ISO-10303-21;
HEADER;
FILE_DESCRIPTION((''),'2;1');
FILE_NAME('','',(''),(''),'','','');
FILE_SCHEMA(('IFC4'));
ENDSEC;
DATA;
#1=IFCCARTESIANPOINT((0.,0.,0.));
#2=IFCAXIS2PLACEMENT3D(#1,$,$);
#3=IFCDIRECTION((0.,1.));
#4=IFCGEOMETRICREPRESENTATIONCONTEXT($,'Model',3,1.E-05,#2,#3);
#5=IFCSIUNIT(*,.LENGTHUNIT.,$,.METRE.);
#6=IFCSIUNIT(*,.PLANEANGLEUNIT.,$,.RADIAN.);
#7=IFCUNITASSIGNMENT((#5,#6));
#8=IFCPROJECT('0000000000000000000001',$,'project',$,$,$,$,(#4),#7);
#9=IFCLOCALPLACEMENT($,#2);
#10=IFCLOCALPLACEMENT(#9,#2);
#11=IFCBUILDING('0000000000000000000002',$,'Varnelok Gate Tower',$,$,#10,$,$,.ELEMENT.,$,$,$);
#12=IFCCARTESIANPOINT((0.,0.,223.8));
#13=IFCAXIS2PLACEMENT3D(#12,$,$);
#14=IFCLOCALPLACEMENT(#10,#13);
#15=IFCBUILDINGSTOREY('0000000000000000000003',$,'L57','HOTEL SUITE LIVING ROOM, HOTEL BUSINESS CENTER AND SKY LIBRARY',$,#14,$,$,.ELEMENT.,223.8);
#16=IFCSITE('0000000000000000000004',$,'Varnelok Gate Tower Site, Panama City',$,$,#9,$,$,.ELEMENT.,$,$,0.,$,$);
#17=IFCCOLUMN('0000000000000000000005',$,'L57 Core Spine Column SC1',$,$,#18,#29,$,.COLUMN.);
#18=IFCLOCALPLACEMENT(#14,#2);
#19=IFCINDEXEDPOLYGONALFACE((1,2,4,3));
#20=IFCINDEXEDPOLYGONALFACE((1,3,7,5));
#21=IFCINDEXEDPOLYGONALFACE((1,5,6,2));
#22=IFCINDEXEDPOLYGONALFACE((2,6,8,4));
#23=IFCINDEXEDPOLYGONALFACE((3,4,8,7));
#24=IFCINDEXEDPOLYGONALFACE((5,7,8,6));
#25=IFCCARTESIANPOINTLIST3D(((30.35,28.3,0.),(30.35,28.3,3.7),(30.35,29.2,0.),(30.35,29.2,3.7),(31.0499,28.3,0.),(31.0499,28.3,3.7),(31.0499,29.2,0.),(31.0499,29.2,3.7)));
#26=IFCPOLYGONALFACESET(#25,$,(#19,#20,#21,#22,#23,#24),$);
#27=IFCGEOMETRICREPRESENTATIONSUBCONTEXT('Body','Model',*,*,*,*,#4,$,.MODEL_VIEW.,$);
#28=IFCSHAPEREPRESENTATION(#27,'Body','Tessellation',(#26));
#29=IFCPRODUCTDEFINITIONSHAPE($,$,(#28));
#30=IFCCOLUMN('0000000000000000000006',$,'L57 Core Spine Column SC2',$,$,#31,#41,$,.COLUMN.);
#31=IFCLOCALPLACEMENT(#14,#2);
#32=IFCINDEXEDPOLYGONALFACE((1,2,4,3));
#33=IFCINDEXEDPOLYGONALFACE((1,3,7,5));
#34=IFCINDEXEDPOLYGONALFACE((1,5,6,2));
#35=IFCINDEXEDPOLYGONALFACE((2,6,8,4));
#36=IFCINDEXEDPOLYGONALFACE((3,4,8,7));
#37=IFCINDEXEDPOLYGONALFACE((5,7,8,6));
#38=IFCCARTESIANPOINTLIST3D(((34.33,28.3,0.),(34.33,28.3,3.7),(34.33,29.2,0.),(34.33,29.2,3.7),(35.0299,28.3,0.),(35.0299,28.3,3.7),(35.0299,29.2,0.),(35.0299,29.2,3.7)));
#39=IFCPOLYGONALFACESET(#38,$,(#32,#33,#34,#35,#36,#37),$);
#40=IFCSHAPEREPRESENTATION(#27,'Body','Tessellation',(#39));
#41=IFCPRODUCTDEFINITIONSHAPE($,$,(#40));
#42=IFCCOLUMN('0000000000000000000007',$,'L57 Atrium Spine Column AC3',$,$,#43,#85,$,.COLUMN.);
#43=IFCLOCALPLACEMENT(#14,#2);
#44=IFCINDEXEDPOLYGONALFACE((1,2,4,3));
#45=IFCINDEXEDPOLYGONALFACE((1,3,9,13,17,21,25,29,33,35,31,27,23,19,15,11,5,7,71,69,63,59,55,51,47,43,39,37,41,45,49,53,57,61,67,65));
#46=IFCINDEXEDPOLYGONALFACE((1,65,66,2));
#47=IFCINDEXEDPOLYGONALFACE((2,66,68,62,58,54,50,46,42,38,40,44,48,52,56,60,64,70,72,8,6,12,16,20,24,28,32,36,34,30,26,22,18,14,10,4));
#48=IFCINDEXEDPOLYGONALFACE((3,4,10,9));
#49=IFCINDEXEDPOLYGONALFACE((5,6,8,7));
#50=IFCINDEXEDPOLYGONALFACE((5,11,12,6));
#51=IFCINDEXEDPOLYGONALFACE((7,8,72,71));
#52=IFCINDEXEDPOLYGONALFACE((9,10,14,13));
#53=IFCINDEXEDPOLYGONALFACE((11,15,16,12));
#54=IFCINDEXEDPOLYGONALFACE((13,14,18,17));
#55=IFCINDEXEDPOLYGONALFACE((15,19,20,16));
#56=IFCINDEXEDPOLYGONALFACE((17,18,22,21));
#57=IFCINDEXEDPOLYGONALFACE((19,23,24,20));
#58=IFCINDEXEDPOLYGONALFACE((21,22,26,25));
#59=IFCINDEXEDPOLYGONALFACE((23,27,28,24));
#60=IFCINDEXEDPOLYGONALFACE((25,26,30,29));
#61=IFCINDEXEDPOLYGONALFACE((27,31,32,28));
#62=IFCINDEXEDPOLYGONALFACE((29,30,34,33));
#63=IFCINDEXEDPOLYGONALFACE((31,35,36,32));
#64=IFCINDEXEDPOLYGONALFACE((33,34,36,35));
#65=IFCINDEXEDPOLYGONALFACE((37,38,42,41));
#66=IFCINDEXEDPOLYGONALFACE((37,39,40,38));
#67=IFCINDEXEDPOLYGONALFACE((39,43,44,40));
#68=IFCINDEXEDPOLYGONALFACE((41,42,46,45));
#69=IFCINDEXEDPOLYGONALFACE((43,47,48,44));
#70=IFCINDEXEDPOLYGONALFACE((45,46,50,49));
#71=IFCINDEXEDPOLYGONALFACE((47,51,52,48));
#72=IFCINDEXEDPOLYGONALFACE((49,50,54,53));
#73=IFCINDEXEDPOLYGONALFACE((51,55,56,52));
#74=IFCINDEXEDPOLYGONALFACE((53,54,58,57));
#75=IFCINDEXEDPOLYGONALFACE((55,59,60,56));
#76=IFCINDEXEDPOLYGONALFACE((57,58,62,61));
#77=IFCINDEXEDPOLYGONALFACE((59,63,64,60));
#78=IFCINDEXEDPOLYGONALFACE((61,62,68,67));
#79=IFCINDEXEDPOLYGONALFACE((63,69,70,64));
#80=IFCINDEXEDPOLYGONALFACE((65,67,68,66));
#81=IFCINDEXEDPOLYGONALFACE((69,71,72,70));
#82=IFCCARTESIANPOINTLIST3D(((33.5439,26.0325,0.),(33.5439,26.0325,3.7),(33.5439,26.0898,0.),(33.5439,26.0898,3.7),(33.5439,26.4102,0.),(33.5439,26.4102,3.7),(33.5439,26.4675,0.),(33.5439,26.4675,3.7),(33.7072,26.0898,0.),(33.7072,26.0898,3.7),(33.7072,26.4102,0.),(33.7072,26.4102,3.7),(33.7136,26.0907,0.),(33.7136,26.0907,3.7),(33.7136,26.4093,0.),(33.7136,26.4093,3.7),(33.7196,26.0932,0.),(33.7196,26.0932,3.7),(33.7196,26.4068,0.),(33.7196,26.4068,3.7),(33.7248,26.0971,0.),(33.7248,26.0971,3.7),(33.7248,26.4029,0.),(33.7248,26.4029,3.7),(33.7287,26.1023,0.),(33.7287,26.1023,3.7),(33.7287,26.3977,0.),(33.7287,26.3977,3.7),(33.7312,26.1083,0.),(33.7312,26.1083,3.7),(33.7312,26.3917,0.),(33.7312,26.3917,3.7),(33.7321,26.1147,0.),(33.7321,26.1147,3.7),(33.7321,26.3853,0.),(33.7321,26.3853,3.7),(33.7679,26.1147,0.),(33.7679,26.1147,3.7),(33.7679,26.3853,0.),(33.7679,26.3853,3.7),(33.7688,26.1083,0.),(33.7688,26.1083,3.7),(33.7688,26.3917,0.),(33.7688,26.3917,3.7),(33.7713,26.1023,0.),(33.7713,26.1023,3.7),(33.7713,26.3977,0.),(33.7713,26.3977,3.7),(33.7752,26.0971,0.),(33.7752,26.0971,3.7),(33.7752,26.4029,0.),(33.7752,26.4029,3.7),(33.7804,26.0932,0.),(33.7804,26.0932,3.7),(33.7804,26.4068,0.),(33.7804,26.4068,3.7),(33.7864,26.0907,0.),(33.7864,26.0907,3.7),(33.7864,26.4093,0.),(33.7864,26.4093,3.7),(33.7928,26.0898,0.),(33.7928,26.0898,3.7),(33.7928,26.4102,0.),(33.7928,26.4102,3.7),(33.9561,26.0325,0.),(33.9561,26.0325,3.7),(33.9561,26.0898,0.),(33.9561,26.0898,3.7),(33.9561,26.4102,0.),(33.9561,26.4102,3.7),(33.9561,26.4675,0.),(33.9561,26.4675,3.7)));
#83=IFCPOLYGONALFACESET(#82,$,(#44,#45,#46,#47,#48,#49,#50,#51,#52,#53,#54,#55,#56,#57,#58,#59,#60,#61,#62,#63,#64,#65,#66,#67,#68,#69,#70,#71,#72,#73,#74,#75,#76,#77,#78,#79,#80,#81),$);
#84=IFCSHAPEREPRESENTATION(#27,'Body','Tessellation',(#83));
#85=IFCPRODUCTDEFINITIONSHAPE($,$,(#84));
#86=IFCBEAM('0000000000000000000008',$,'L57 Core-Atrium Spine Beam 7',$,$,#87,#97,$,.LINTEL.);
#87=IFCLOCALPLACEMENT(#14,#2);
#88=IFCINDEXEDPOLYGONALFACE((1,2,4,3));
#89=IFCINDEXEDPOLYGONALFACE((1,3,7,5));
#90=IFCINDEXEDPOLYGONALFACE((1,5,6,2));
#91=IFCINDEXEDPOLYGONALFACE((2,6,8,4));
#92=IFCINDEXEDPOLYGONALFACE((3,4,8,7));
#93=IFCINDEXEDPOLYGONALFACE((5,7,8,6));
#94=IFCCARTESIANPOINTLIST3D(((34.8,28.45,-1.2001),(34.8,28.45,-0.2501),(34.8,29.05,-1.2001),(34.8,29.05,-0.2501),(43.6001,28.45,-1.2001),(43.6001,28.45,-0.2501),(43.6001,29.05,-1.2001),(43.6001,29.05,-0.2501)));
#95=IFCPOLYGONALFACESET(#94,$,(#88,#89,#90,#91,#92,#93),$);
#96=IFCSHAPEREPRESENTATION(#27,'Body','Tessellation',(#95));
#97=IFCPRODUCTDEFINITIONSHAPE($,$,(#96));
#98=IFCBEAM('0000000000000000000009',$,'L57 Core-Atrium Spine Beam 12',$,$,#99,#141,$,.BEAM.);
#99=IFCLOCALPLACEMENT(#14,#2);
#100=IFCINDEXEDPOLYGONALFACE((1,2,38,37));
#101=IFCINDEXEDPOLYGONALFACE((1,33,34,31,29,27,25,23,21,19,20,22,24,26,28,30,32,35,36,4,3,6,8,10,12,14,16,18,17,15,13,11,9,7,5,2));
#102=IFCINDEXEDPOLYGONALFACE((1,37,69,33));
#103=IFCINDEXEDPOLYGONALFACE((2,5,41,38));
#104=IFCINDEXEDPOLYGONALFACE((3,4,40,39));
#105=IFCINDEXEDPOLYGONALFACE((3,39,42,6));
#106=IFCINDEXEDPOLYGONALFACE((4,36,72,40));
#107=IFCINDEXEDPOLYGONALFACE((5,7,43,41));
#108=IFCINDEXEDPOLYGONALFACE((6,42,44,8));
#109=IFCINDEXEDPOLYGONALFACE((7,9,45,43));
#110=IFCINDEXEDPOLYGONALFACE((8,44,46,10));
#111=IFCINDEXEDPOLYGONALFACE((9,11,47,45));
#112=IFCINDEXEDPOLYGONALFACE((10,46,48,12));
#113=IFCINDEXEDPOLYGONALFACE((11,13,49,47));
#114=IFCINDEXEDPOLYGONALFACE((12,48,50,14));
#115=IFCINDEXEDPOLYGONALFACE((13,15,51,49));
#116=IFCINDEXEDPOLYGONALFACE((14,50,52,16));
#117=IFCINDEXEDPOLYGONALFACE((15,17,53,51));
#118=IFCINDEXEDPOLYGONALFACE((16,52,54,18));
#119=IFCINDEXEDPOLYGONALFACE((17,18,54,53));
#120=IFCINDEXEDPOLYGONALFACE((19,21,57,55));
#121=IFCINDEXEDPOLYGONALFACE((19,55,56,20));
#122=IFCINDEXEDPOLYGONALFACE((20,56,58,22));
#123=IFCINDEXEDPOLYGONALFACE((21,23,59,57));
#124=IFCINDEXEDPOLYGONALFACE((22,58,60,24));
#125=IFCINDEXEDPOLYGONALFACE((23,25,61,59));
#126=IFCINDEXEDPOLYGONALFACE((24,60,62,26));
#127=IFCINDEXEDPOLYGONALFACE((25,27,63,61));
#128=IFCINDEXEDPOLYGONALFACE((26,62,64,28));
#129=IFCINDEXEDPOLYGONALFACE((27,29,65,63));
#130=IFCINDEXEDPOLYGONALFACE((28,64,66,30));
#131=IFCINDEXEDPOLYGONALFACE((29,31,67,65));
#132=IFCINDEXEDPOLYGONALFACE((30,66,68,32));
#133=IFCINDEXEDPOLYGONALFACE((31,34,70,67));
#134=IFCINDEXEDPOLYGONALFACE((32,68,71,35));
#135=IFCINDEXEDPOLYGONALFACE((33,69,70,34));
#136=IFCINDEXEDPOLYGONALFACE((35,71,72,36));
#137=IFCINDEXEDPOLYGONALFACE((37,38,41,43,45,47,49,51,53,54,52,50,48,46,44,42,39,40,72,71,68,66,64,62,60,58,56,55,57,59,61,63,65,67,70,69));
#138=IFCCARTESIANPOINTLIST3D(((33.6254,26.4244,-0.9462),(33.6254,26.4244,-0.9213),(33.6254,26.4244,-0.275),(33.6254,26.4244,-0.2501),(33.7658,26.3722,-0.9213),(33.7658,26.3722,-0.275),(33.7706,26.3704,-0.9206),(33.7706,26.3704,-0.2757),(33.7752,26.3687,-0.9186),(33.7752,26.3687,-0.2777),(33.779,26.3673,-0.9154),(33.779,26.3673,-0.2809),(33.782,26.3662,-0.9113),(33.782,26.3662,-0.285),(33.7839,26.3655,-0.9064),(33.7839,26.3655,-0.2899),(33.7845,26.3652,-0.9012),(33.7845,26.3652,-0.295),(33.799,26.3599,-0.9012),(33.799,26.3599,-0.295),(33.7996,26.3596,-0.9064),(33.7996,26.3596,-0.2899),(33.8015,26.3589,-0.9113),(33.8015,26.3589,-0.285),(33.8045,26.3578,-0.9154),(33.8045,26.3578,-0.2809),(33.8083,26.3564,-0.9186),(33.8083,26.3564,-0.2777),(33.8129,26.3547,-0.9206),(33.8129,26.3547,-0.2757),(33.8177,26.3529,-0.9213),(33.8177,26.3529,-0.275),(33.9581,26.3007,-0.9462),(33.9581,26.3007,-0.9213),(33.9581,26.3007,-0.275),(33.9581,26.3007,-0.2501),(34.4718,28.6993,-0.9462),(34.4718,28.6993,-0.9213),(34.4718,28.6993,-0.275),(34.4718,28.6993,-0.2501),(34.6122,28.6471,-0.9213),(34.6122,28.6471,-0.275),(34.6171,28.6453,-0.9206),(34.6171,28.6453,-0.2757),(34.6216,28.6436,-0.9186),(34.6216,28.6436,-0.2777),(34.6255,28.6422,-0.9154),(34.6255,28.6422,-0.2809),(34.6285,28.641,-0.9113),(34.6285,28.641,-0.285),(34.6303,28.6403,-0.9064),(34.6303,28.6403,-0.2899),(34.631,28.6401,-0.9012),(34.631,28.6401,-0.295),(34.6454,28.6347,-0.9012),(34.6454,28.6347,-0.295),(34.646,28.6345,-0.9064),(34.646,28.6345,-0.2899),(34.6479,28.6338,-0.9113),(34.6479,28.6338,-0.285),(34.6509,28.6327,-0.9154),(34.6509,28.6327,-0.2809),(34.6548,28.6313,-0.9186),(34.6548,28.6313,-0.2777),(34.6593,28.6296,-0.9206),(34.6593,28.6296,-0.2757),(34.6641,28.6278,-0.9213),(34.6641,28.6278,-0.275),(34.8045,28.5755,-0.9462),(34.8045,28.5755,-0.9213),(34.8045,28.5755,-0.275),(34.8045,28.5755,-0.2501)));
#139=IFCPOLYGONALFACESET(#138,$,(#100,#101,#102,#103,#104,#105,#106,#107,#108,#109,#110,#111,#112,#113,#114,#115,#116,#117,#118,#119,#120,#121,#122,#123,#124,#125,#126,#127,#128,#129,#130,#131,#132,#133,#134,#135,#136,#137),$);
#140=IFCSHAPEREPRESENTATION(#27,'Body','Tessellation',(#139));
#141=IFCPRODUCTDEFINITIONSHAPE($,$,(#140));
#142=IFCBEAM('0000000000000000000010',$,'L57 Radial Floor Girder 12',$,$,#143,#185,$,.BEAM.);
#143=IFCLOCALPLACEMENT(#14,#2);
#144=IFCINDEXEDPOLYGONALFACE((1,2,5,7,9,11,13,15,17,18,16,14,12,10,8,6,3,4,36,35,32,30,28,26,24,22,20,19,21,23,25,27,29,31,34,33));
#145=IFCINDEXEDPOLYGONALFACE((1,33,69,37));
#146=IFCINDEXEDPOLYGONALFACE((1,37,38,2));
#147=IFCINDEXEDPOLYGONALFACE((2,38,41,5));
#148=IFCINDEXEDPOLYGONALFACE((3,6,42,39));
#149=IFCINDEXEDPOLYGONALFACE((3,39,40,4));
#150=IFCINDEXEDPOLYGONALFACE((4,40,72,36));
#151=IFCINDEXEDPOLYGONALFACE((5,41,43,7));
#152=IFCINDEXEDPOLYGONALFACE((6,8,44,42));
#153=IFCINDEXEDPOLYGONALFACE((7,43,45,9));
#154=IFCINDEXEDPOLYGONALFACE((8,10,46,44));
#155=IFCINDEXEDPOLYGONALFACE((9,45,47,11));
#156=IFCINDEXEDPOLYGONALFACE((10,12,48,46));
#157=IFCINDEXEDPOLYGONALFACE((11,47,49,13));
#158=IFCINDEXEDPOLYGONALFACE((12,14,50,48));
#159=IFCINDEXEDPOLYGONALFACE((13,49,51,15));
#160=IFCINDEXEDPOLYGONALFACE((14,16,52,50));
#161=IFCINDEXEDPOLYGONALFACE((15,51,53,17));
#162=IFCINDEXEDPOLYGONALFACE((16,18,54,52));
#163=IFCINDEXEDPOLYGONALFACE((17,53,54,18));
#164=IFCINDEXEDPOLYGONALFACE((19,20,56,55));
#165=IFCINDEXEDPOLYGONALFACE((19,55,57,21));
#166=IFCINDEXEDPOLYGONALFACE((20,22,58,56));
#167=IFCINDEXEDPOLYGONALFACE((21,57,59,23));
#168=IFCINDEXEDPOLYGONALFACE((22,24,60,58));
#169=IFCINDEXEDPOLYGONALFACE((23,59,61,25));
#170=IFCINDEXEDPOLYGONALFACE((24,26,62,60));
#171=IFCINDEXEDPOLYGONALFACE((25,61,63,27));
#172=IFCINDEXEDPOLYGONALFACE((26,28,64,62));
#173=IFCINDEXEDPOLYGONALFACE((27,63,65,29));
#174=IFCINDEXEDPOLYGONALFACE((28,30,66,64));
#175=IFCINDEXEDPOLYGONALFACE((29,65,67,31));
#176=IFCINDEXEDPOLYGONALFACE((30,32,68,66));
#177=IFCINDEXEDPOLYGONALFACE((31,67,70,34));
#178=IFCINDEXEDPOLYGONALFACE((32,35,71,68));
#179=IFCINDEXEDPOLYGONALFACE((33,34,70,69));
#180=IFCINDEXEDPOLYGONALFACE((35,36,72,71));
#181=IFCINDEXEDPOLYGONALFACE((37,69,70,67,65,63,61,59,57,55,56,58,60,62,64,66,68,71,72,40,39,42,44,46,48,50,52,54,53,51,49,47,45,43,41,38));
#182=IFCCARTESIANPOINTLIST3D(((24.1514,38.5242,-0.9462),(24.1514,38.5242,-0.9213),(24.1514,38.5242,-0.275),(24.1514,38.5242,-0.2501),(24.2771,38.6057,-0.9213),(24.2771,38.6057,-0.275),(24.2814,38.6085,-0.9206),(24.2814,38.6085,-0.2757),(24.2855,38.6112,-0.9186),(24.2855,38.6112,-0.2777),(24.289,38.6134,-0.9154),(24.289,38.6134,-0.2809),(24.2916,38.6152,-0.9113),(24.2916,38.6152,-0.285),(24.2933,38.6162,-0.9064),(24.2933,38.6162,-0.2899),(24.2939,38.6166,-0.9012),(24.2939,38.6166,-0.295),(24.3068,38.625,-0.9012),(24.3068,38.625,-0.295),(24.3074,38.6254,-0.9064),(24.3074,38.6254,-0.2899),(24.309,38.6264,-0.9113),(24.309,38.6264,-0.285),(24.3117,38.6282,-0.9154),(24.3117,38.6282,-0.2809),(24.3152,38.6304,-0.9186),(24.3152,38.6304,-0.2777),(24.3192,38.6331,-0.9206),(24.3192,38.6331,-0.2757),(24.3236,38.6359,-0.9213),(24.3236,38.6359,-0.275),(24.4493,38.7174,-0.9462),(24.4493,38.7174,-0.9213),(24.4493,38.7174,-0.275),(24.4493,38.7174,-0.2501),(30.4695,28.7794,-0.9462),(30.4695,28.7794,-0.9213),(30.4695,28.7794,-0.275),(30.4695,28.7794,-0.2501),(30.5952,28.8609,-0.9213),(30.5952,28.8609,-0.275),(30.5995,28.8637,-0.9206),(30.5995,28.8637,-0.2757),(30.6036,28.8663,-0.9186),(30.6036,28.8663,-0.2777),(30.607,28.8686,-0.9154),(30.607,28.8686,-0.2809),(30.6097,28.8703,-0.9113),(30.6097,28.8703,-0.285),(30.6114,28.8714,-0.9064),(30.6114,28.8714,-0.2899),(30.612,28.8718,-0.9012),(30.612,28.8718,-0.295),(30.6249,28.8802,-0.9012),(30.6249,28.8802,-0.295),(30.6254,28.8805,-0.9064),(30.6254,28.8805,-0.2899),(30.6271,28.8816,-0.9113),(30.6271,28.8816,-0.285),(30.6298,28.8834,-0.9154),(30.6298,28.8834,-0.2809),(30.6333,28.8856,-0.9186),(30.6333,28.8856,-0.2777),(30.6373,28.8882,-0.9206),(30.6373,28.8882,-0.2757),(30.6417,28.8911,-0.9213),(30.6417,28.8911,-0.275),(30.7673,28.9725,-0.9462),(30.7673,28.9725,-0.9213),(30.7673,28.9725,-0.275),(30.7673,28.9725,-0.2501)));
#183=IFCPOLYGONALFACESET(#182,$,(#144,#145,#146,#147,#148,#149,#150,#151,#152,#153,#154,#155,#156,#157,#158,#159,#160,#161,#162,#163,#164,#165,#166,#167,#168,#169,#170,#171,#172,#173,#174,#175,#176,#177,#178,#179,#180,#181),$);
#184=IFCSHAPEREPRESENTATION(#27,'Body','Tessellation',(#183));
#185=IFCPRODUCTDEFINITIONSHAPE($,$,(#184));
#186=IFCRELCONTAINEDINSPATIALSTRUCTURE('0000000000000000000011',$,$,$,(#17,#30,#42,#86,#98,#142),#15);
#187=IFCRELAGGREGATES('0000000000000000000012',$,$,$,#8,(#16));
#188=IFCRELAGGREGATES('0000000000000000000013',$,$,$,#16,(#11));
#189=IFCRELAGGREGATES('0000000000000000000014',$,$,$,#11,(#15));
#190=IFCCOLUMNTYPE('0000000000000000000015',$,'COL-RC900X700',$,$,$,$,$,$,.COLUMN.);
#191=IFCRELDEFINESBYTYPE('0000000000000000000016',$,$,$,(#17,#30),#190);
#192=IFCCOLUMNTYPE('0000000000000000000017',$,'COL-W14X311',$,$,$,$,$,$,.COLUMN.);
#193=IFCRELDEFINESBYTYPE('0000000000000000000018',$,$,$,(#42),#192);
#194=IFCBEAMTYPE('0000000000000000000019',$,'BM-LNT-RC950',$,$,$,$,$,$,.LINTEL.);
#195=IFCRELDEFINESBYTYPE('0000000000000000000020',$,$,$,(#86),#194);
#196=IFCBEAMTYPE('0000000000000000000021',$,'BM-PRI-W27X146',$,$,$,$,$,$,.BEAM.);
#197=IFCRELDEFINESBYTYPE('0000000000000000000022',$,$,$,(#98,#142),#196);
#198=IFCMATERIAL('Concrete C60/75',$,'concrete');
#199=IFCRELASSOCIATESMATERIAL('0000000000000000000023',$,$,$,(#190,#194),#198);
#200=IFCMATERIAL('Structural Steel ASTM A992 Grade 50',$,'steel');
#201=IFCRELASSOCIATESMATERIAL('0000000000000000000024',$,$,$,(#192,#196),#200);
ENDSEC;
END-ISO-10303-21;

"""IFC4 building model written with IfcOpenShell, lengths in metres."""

from ifc_helpers import new_model, si_unit, direction, frame, origin, origin_2d, place, context, subcontext, project, spatial, rectangle, i_section, extrude, material, material_profile, profile_set, type_object, element, save


model = new_model("IFC4")

# Units and contexts
model_context = context("Model", 3, precision=1e-05, world=origin(), true_north=direction((0.0, 1.0)))
body_context = subcontext(model_context, "Body", "Model", "MODEL_VIEW")
ifc_project = project(units=[si_unit("LENGTHUNIT", "METRE"), si_unit("PLANEANGLEUNIT", "RADIAN")], contexts=[model_context])

# Site, building, storey
site_placement = place(None, origin())
site = spatial("IfcSite", under=ifc_project, at=site_placement, Name="Varnelok Gate Tower Site, Panama City", CompositionType="ELEMENT", RefElevation=0.0)
building_placement = place(site_placement, origin())
building = spatial("IfcBuilding", under=site, at=building_placement, Name="Varnelok Gate Tower", CompositionType="ELEMENT")
storey_placement = place(building_placement, frame((0.0, 0.0, 223.8)))
storey = spatial("IfcBuildingStorey", under=building, at=storey_placement, Name="L57", Description="HOTEL SUITE LIVING ROOM, HOTEL BUSINESS CENTER AND SKY LIBRARY", CompositionType="ELEMENT", Elevation=223.8)

# Columns
ifc_material_1 = material(Name="Concrete C60/75", Category="concrete")
ifc_material_profile_1 = material_profile(ifc_material_1, rectangle(XDim=0.7, YDim=0.8999, at=origin_2d()), Name="RC900X700")
ifc_profile_set_1 = profile_set([ifc_material_profile_1], Name="Concrete C60/75")
column_type_1 = type_object("IfcColumnType", Name="COL-RC900X700", PredefinedType="COLUMN", material=ifc_profile_set_1)
for number, where, z_axis, x_axis, name in (
    (1, (30.7, 28.75, 0.0), (0.0, 0.0, 1.0), (1.0, 0.0, 0.0), "L57 Core Spine Column SC1"),
    (2, (34.6799, 28.75, 0.0), (0.0, 0.0, 1.0), (1.0, 0.0, 0.0), "L57 Core Spine Column SC2"),
):
    element("IfcColumn", number, at=place(storey_placement, frame(where, z_axis=z_axis, x_axis=x_axis)), inside=storey, type_object=column_type_1, Name=name, PredefinedType="COLUMN", context=body_context, shape_type="SweptSolid", body=[
        extrude(rectangle(XDim=0.7, YDim=0.8999, at=origin_2d()), origin(), (0.0, 0.0, 1.0), 3.7),
    ])
ifc_material_2 = material(Name="Structural Steel ASTM A992 Grade 50", Category="steel")
ifc_material_profile_2 = material_profile(ifc_material_2, i_section(OverallWidth=0.4121, OverallDepth=0.4351, WebThickness=0.0359, FlangeThickness=0.0574, FilletRadius=0.0249, at=origin_2d()), Name="W14X311")
ifc_profile_set_2 = profile_set([ifc_material_profile_2], Name="Structural Steel ASTM A992 Grade 50")
column_type_2 = type_object("IfcColumnType", Name="COL-W14X311", PredefinedType="COLUMN", material=ifc_profile_set_2)
column_placement = place(storey_placement, frame((33.75, 26.25, 0.0), z_axis=(0.0, 0.0, 1.0), x_axis=(1.0, 0.0, 0.0)))
element("IfcColumn", 3, at=column_placement, inside=storey, type_object=column_type_2, Name="L57 Atrium Spine Column AC3", PredefinedType="COLUMN", context=body_context, shape_type="SweptSolid", body=[
    extrude(i_section(OverallWidth=0.4121, OverallDepth=0.4351, WebThickness=0.0359, FlangeThickness=0.0574, FilletRadius=0.0249, at=origin_2d()), origin(), (0.0, 0.0, 1.0), 3.7),
])

# Beams
ifc_material_profile_3 = material_profile(ifc_material_1, rectangle(XDim=0.6001, YDim=0.95, at=origin_2d()), Name="RC950X600")
ifc_profile_set_3 = profile_set([ifc_material_profile_3], Name="Concrete C60/75")
beam_type_1 = type_object("IfcBeamType", Name="BM-LNT-RC950", PredefinedType="LINTEL", material=ifc_profile_set_3)
beam_1_placement = place(storey_placement, frame((34.8, 28.75, -0.7251), z_axis=(1.0, 0.0, 0.0), x_axis=(0.0, 1.0, 0.0)))
element("IfcBeam", 4, at=beam_1_placement, inside=storey, type_object=beam_type_1, Name="L57 Core-Atrium Spine Beam 7", PredefinedType="LINTEL", context=body_context, shape_type="SweptSolid", body=[
    extrude(rectangle(XDim=0.6001, YDim=0.95, at=origin_2d()), origin(), (0.0, 0.0, 1.0), 8.8),
])
ifc_material_profile_4 = material_profile(ifc_material_2, i_section(OverallWidth=0.355, OverallDepth=0.696, WebThickness=0.0154, FlangeThickness=0.0249, FilletRadius=0.02, at=origin_2d()), Name="W27X146")
ifc_profile_set_4 = profile_set([ifc_material_profile_4], Name="Structural Steel ASTM A992 Grade 50")
beam_type_2 = type_object("IfcBeamType", Name="BM-PRI-W27X146", PredefinedType="BEAM", material=ifc_profile_set_4)
beam_2_placement = place(storey_placement, frame((33.7917, 26.3625, -0.5981), z_axis=(0.348719, 0.937227, 0.0), x_axis=(-0.937227, 0.348719, 0.0)))
element("IfcBeam", 5, at=beam_2_placement, inside=storey, type_object=beam_type_2, Name="L57 Core-Atrium Spine Beam 12", PredefinedType="BEAM", context=body_context, shape_type="SweptSolid", body=[
    extrude(i_section(OverallWidth=0.355, OverallDepth=0.696, WebThickness=0.0154, FlangeThickness=0.0249, FilletRadius=0.02, at=origin_2d()), origin(), (0.0, 0.0, 1.0), 2.4272),
])
beam_3_placement = place(storey_placement, frame((30.6184, 28.876, -0.5981), z_axis=(-0.544016, 0.839075, 0.0), x_axis=(-0.839075, -0.544016, 0.0)))
element("IfcBeam", 6, at=beam_3_placement, inside=storey, type_object=beam_type_2, Name="L57 Radial Floor Girder 12", PredefinedType="BEAM", context=body_context, shape_type="SweptSolid", body=[
    extrude(i_section(OverallWidth=0.355, OverallDepth=0.696, WebThickness=0.0154, FlangeThickness=0.0249, FilletRadius=0.02, at=origin_2d()), origin(), (0.0, 0.0, 1.0), 11.6138),
])

save(model, "model.ifc")
